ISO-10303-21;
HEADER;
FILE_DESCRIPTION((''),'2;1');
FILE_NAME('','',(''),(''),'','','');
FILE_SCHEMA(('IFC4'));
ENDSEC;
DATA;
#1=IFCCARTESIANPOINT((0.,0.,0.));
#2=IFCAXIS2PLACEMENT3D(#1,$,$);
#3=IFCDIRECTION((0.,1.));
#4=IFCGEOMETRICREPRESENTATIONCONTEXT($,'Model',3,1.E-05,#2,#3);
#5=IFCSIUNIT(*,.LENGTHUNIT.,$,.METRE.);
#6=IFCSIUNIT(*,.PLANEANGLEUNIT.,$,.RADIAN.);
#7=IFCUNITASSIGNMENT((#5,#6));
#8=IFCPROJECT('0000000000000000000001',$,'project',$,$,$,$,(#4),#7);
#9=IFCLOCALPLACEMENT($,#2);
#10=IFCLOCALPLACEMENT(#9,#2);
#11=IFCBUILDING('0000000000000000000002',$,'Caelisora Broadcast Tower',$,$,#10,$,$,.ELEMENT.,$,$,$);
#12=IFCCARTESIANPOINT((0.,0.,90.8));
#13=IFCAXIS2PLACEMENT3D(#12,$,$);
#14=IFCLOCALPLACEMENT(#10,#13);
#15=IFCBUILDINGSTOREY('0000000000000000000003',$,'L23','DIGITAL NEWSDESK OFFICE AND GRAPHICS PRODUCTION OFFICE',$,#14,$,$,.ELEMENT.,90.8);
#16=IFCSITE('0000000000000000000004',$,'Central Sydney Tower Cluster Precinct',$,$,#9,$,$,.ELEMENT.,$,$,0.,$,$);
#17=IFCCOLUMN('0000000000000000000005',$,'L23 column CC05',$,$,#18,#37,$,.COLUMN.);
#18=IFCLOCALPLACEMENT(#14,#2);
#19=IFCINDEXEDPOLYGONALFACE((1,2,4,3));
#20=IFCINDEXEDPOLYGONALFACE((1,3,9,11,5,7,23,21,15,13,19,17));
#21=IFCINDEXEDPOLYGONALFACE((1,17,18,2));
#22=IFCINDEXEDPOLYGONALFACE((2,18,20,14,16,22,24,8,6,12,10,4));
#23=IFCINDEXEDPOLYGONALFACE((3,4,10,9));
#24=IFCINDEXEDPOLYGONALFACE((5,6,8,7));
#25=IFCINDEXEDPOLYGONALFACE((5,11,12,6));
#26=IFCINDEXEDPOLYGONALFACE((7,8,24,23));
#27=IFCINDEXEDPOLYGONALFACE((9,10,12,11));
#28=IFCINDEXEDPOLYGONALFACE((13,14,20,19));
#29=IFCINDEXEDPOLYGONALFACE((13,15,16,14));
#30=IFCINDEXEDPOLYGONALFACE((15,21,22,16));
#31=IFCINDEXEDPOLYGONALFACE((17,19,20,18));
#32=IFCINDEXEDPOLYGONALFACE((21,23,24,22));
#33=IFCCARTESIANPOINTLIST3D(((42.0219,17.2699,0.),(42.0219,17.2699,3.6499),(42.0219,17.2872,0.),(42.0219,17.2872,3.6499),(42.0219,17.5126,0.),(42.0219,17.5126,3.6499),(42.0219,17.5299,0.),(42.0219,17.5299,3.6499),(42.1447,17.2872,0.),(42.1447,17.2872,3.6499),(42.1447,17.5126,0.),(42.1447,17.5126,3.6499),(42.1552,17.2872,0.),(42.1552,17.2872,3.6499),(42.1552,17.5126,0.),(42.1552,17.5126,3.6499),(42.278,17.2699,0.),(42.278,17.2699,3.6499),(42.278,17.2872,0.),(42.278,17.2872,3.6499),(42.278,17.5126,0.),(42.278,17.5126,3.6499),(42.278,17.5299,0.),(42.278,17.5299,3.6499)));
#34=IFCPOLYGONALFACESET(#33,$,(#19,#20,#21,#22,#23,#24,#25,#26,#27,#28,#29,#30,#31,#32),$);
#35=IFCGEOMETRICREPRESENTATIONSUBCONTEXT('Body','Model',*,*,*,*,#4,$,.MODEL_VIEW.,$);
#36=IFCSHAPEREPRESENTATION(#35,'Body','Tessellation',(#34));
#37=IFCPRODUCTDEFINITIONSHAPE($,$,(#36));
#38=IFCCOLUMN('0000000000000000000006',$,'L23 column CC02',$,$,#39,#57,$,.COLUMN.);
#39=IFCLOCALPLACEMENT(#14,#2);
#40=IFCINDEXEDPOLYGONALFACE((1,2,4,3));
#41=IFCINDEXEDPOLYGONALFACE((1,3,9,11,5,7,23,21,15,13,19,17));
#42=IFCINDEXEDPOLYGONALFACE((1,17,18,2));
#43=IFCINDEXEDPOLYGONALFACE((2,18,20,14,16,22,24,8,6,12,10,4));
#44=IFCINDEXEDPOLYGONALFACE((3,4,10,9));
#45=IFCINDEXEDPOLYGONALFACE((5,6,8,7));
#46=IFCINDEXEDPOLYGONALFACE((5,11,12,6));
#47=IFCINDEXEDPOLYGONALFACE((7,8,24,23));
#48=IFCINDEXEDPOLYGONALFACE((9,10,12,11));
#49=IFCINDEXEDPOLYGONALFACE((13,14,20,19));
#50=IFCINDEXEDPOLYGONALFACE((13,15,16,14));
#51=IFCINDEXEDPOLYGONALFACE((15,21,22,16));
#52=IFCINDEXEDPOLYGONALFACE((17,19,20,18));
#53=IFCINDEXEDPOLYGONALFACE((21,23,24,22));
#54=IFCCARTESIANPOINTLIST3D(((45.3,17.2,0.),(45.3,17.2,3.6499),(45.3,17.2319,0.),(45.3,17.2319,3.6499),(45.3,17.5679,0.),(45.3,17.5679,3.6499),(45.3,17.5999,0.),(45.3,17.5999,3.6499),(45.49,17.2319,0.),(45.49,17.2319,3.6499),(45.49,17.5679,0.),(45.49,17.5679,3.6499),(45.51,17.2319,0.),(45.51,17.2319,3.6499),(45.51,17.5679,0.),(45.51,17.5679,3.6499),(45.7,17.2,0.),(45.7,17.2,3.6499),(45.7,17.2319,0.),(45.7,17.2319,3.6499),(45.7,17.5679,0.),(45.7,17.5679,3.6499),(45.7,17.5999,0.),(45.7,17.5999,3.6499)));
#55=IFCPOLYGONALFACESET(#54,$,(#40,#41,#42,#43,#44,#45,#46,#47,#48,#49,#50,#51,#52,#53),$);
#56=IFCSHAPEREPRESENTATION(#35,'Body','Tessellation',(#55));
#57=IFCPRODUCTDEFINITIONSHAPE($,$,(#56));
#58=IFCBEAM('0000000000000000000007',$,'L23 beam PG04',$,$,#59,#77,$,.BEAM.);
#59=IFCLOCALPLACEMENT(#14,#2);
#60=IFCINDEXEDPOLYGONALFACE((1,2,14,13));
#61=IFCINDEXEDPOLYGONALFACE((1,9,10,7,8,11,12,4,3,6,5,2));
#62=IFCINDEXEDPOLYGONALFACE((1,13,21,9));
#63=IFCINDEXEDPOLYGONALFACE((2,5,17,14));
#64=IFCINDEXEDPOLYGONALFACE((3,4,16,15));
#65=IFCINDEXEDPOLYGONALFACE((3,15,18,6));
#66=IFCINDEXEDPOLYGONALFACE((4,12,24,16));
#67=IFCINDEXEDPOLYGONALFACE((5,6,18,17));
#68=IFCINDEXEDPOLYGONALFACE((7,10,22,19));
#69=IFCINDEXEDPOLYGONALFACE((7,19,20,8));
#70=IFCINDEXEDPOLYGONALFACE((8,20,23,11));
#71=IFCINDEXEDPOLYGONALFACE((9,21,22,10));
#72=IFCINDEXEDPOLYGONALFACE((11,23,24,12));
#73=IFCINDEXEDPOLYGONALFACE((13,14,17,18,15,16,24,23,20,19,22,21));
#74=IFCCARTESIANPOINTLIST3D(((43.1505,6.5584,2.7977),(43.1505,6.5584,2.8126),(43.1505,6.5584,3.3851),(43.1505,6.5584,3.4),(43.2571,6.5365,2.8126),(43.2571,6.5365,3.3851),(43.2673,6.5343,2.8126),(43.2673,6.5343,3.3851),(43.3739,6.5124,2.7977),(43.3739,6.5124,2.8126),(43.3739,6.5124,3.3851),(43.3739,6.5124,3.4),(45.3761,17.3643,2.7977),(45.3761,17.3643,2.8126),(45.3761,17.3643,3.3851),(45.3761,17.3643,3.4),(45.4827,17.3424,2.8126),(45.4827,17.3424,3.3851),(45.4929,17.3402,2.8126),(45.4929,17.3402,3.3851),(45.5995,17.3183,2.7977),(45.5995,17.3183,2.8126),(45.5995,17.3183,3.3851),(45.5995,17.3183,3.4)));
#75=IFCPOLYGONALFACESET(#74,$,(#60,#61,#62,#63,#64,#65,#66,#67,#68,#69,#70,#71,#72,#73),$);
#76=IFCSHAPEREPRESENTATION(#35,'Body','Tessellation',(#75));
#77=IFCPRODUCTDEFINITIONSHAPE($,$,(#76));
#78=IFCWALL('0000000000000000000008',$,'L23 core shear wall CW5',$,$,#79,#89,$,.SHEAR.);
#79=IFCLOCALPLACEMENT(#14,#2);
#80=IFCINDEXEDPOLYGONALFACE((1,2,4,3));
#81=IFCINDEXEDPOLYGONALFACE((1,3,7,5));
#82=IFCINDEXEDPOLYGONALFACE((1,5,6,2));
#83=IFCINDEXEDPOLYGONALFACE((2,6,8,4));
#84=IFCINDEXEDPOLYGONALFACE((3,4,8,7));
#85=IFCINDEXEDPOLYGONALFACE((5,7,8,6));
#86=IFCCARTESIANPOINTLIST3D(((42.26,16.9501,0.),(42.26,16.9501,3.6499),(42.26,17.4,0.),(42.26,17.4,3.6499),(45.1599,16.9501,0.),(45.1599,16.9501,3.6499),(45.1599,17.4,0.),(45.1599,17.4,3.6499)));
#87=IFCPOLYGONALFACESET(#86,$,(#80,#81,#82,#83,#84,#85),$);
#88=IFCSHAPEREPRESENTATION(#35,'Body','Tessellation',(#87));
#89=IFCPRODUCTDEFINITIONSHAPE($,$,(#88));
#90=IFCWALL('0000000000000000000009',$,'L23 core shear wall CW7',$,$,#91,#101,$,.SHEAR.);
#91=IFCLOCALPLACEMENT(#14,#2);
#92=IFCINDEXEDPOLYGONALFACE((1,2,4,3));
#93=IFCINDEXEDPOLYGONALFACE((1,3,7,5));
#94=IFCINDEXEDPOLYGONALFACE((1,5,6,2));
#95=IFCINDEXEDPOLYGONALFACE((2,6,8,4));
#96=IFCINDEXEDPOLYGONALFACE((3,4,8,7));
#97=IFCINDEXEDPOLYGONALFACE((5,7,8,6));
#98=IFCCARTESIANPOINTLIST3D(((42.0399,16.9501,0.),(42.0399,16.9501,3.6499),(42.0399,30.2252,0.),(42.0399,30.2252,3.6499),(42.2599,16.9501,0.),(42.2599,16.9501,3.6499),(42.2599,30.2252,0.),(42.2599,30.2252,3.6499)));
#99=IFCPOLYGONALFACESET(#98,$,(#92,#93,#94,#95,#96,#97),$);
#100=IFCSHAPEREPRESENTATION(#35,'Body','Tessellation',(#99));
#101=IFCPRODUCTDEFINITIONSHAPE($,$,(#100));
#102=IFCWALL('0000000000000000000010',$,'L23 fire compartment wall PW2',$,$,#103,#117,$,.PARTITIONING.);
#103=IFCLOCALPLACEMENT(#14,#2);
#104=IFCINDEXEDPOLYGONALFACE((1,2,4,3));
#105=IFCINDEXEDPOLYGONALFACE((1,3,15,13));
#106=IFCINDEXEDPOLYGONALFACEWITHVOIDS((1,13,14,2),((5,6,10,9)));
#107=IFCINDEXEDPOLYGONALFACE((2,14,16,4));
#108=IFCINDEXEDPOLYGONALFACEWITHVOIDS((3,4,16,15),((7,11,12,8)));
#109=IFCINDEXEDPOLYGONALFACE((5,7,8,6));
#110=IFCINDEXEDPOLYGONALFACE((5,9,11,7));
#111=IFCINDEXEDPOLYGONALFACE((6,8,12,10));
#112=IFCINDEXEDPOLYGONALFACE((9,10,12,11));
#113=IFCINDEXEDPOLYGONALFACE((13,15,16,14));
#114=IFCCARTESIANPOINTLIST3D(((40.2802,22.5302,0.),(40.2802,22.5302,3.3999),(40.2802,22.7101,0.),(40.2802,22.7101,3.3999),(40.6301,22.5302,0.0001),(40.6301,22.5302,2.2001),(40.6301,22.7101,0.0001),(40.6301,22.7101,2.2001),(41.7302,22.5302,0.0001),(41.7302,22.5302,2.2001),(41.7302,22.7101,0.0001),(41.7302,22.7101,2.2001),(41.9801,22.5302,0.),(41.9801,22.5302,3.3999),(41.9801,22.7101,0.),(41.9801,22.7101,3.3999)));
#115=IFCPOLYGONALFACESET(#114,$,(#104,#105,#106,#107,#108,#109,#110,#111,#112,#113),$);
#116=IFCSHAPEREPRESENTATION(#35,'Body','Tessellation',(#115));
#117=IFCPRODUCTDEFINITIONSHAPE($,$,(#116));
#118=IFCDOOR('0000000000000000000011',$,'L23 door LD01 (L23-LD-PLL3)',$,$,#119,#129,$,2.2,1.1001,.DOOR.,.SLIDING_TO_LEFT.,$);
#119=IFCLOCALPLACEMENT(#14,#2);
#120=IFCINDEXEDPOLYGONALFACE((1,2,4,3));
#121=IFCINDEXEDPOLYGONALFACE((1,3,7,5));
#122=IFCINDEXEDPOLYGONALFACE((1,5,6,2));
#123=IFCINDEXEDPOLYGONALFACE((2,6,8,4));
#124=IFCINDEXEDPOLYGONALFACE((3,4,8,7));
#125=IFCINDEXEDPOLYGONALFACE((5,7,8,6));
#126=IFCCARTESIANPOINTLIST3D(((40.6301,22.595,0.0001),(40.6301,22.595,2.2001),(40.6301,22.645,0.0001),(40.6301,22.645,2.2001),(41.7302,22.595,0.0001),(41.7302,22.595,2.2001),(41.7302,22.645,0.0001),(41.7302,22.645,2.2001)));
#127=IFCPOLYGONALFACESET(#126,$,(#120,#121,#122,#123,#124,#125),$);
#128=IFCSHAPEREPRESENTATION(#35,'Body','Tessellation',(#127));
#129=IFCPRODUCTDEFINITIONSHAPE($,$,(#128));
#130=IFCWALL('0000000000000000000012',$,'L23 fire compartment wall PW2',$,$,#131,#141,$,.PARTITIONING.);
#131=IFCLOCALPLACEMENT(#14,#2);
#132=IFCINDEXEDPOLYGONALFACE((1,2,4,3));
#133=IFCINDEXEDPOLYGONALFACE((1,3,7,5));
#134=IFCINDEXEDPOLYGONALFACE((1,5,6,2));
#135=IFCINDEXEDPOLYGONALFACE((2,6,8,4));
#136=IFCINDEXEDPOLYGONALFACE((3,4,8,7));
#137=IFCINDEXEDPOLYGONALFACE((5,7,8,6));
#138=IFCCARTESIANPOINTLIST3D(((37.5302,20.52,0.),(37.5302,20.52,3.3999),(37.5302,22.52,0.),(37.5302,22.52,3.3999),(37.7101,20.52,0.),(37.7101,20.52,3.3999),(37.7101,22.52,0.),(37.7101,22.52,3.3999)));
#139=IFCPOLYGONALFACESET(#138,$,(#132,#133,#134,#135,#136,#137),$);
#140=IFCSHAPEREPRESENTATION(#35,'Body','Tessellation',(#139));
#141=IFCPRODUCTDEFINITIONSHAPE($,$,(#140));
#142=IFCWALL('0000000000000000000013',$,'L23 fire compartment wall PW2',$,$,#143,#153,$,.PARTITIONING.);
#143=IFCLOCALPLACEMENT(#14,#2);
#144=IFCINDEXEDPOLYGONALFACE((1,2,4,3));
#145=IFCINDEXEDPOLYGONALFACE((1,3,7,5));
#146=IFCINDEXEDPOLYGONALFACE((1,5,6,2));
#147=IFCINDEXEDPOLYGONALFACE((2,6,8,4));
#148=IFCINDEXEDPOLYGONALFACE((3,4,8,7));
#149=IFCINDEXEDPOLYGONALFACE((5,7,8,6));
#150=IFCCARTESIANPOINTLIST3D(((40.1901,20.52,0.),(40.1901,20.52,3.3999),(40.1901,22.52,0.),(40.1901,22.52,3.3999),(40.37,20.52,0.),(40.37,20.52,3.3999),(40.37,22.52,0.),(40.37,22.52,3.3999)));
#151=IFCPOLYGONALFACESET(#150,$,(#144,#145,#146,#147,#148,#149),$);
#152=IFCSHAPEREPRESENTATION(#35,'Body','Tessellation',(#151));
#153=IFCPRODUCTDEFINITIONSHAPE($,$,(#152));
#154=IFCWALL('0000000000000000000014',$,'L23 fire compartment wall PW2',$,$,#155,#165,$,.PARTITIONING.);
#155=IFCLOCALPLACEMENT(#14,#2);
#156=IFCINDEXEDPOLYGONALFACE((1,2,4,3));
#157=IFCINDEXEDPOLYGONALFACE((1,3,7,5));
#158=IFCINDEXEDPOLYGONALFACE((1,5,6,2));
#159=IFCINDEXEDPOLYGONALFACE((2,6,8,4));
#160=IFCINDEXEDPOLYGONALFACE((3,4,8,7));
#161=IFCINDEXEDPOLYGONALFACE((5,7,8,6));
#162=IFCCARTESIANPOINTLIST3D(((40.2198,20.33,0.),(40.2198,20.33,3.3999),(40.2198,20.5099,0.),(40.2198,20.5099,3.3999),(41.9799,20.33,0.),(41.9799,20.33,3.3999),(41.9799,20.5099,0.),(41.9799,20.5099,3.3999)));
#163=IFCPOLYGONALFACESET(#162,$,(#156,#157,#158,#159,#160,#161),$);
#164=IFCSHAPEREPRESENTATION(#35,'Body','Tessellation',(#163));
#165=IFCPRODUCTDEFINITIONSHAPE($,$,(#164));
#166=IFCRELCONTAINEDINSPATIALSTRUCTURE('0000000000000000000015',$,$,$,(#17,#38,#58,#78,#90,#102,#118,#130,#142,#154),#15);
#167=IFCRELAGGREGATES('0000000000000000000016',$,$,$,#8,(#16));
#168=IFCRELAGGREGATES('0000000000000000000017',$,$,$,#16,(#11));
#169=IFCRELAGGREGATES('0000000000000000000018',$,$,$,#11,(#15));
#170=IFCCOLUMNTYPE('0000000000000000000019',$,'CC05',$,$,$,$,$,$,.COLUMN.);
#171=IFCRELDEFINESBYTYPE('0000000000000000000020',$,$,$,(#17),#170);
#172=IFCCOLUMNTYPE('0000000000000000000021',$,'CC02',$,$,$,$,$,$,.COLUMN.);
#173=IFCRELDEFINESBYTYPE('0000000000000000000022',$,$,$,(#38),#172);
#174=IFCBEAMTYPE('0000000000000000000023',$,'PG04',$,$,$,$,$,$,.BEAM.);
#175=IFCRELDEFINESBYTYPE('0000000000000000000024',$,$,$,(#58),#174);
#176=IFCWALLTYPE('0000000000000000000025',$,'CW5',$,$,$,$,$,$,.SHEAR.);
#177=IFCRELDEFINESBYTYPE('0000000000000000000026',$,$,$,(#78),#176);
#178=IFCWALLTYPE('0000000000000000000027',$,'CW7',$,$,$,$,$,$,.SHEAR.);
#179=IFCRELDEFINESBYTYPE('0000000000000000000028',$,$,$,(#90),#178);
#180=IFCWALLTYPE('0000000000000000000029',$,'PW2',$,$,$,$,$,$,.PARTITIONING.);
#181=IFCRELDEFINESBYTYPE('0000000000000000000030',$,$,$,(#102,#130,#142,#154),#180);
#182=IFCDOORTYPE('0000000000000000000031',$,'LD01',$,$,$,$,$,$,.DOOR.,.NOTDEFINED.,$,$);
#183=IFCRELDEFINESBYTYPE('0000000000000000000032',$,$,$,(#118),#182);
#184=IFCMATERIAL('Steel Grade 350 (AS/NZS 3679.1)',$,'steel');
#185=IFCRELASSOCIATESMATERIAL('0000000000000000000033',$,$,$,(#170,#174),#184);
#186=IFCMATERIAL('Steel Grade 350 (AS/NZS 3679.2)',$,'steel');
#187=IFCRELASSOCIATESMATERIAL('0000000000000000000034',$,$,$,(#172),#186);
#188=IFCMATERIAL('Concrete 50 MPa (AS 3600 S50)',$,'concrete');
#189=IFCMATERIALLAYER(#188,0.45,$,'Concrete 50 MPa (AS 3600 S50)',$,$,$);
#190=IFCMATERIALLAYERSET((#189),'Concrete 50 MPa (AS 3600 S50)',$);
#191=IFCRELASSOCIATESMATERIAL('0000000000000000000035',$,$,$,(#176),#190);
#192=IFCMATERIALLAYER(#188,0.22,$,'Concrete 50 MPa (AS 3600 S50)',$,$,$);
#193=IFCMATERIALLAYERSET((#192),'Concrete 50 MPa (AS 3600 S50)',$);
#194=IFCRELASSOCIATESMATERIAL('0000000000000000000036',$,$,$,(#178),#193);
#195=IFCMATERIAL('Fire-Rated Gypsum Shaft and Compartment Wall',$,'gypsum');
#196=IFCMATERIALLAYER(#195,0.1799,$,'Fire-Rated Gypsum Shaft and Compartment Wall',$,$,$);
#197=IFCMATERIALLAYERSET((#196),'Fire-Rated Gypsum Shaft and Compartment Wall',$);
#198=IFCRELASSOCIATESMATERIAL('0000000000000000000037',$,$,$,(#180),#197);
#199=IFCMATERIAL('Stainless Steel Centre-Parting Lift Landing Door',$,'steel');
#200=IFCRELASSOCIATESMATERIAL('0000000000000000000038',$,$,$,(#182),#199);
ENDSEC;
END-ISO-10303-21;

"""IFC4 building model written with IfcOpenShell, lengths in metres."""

from ifc_helpers import new_model, si_unit, direction, frame, frame_2d, origin, origin_2d, place, context, subcontext, project, spatial, rectangle, i_section, extrude, source, transform, mapped, material, layer, layer_set, material_profile, profile_set, type_object, type_shapes, element, fill, save


model = new_model("IFC4")

# Units and contexts
model_context = context("Model", 3, precision=1e-05, world=origin(), true_north=direction((0.0, 1.0)))
body_context = subcontext(model_context, "Body", "Model", "MODEL_VIEW")
ifc_project = project(units=[si_unit("LENGTHUNIT", "METRE"), si_unit("PLANEANGLEUNIT", "RADIAN")], contexts=[model_context])

# Site, building, storey
site_placement = place(None, origin())
site = spatial("IfcSite", under=ifc_project, at=site_placement, Name="Central Sydney Tower Cluster Precinct", CompositionType="ELEMENT", RefElevation=0.0)
building_placement = place(site_placement, origin())
building = spatial("IfcBuilding", under=site, at=building_placement, Name="Caelisora Broadcast Tower", CompositionType="ELEMENT")
storey_placement = place(building_placement, frame((0.0, 0.0, 90.8)))
storey = spatial("IfcBuildingStorey", under=building, at=storey_placement, Name="L23", Description="DIGITAL NEWSDESK OFFICE AND GRAPHICS PRODUCTION OFFICE", CompositionType="ELEMENT", Elevation=90.8)

# Columns
ifc_material_1 = material(Name="Steel Grade 350 (AS/NZS 3679.1)", Category="steel")
ifc_material_profile_1 = material_profile(ifc_material_1, i_section(OverallWidth=0.2561, OverallDepth=0.26, WebThickness=0.0105, FlangeThickness=0.0173, at=origin_2d()), Name="Steel Grade 350 (AS/NZS 3679.1)")
ifc_profile_set_1 = profile_set([ifc_material_profile_1], Name="Steel Grade 350 (AS/NZS 3679.1)")
column_type_1 = type_object("IfcColumnType", Name="CC05", PredefinedType="COLUMN", material=ifc_profile_set_1)
shared_shape_1 = source(origin(), body_context, "Body", "SweptSolid", [
    extrude(i_section(OverallWidth=0.2561, OverallDepth=0.26, WebThickness=0.0105, FlangeThickness=0.0173, at=origin_2d()), origin(), (0.0, 0.0, 1.0), 3.6499),
])
type_shapes(column_type_1, [shared_shape_1])
column_1_placement = place(storey_placement, frame((42.1499, 17.3999, 0.0), z_axis=(0.0, 0.0, 1.0), x_axis=(1.0, 0.0, 0.0)))
element("IfcColumn", 1, at=column_1_placement, inside=storey, type_object=column_type_1, Name="L23 column CC05", PredefinedType="COLUMN", context=body_context, shape_type="MappedRepresentation", body=[
    mapped(shared_shape_1, transform((0.0, 0.0, 0.0), scale=1.0)),
])
ifc_material_2 = material(Name="Steel Grade 350 (AS/NZS 3679.2)", Category="steel")
ifc_material_profile_2 = material_profile(ifc_material_2, i_section(OverallWidth=0.3999, OverallDepth=0.3999, WebThickness=0.02, FlangeThickness=0.032, at=origin_2d()), Name="Steel Grade 350 (AS/NZS 3679.2)")
ifc_profile_set_2 = profile_set([ifc_material_profile_2], Name="Steel Grade 350 (AS/NZS 3679.2)")
column_type_2 = type_object("IfcColumnType", Name="CC02", PredefinedType="COLUMN", material=ifc_profile_set_2)
shared_shape_2 = source(origin(), body_context, "Body", "SweptSolid", [
    extrude(i_section(OverallWidth=0.3999, OverallDepth=0.3999, WebThickness=0.02, FlangeThickness=0.032, at=origin_2d()), origin(), (0.0, 0.0, 1.0), 3.6499),
])
type_shapes(column_type_2, [shared_shape_2])
column_2_placement = place(storey_placement, frame((45.5, 17.3999, 0.0), z_axis=(0.0, 0.0, 1.0), x_axis=(1.0, 0.0, 0.0)))
element("IfcColumn", 2, at=column_2_placement, inside=storey, type_object=column_type_2, Name="L23 column CC02", PredefinedType="COLUMN", context=body_context, shape_type="MappedRepresentation", body=[
    mapped(shared_shape_2, transform((0.0, 0.0, 0.0), scale=1.0)),
])

# Beam
ifc_material_profile_3 = material_profile(ifc_material_1, i_section(OverallWidth=0.228, OverallDepth=0.6023, WebThickness=0.0105, FlangeThickness=0.0149, at=origin_2d()), Name="Steel Grade 350 (AS/NZS 3679.1)")
ifc_profile_set_3 = profile_set([ifc_material_profile_3], Name="Steel Grade 350 (AS/NZS 3679.1)")
beam_type = type_object("IfcBeamType", Name="PG04", PredefinedType="BEAM", material=ifc_profile_set_3)
shared_shape_3 = source(origin(), body_context, "Body", "SweptSolid", [
    extrude(i_section(OverallWidth=0.228, OverallDepth=0.6023, WebThickness=0.0105, FlangeThickness=0.0149, at=origin_2d()), origin(), (0.0, 0.0, 1.0), 11.0327),
])
type_shapes(beam_type, [shared_shape_3])
beam_placement = place(storey_placement, frame((45.4878, 17.3413, 3.0989), z_axis=(-0.201726, -0.979442, 0.0), x_axis=(0.979442, -0.201726, 0.0)))
element("IfcBeam", 3, at=beam_placement, inside=storey, type_object=beam_type, Name="L23 beam PG04", PredefinedType="BEAM", context=body_context, shape_type="MappedRepresentation", body=[
    mapped(shared_shape_3, transform((0.0, 0.0, 0.0), scale=1.0)),
])

# Shared definitions
ifc_material_3 = material(Name="Concrete 50 MPa (AS 3600 S50)", Category="concrete")

# Walls
ifc_layer_1 = layer(ifc_material_3, 0.45, Name="Concrete 50 MPa (AS 3600 S50)")
ifc_layer_set_1 = layer_set([ifc_layer_1], Name="Concrete 50 MPa (AS 3600 S50)")
wall_type_1 = type_object("IfcWallType", Name="CW5", PredefinedType="SHEAR", material=ifc_layer_set_1)
wall_1_placement = place(storey_placement, frame((42.26, 17.175, 0.0), z_axis=(0.0, 0.0, 1.0), x_axis=(1.0, 0.0, 0.0)))
element("IfcWall", 4, at=wall_1_placement, inside=storey, type_object=wall_type_1, Name="L23 core shear wall CW5", PredefinedType="SHEAR", context=body_context, shape_type="SweptSolid", body=[
    extrude(rectangle(XDim=2.8999, YDim=0.45, at=frame_2d((1.45, 0.0))), origin(), (0.0, 0.0, 1.0), 3.6499),
])
ifc_layer_2 = layer(ifc_material_3, 0.22, Name="Concrete 50 MPa (AS 3600 S50)")
ifc_layer_set_2 = layer_set([ifc_layer_2], Name="Concrete 50 MPa (AS 3600 S50)")
wall_type_2 = type_object("IfcWallType", Name="CW7", PredefinedType="SHEAR", material=ifc_layer_set_2)
wall_2_placement = place(storey_placement, frame((42.1499, 16.95, 0.0), z_axis=(0.0, 0.0, 1.0), x_axis=(0.0, 1.0, 0.0)))
element("IfcWall", 5, at=wall_2_placement, inside=storey, type_object=wall_type_2, Name="L23 core shear wall CW7", PredefinedType="SHEAR", context=body_context, shape_type="SweptSolid", body=[
    extrude(rectangle(XDim=13.2751, YDim=0.22, at=frame_2d((6.6377, 0.0))), origin(), (0.0, 0.0, 1.0), 3.6499),
])

# Wall, opening, door
ifc_material_4 = material(Name="Fire-Rated Gypsum Shaft and Compartment Wall", Category="gypsum")
ifc_layer_3 = layer(ifc_material_4, 0.1799, Name="Fire-Rated Gypsum Shaft and Compartment Wall")
ifc_layer_set_3 = layer_set([ifc_layer_3], Name="Fire-Rated Gypsum Shaft and Compartment Wall")
wall_type_3 = type_object("IfcWallType", Name="PW2", PredefinedType="PARTITIONING", material=ifc_layer_set_3)
wall_3_placement = place(storey_placement, frame((40.28, 22.6201, 0.0), z_axis=(0.0, 0.0, 1.0), x_axis=(1.0, 0.0, 0.0)))
wall_3 = element("IfcWall", 6, at=wall_3_placement, inside=storey, type_object=wall_type_3, Name="L23 fire compartment wall PW2", PredefinedType="PARTITIONING", context=body_context, shape_type="SweptSolid", body=[
    extrude(rectangle(XDim=1.7, YDim=0.1799, at=frame_2d((0.8501, 0.0))), origin(), (0.0, 0.0, 1.0), 3.3999),
])
opening_1_placement = place(wall_3_placement, frame((0.3501, 0.0, 0.0)))
opening_1 = element("IfcOpeningElement", 7, at=opening_1_placement, cuts=wall_3, PredefinedType="OPENING", context=body_context, shape_type="SweptSolid", body=[
    extrude(rectangle(XDim=1.1001, YDim=2.2, at=frame_2d((0.55, 1.1001))), frame((0.0, 0.1021, 0.0), z_axis=(0.0, -1.0, 0.0), x_axis=(1.0, 0.0, 0.0)), (0.0, 0.0, 1.0), 0.2039),
])
ifc_material_5 = material(Name="Stainless Steel Centre-Parting Lift Landing Door", Category="steel")
door_type_1 = type_object("IfcDoorType", Name="LD01", OperationType="NOTDEFINED", PredefinedType="DOOR", material=ifc_material_5)
door_1_placement = place(opening_1_placement, origin())
door_1 = element("IfcDoor", 8, at=door_1_placement, inside=storey, type_object=door_type_1, Name="L23 door LD01 (L23-LD-PLL3)", OperationType="SLIDING_TO_LEFT", OverallHeight=2.2, OverallWidth=1.1001, PredefinedType="DOOR", context=body_context, shape_type="SweptSolid", body=[
    extrude(rectangle(XDim=1.1001, YDim=2.2, at=frame_2d((0.55, 1.1001))), frame((0.0, 0.0249, 0.0), z_axis=(0.0, -1.0, 0.0), x_axis=(1.0, 0.0, 0.0)), (0.0, 0.0, 1.0), 0.05),
])
fill(opening_1, door_1)

# Walls
for number, where, z_axis, x_axis, name in (
    (9, (37.6201, 20.52, 0.0), (0.0, 0.0, 1.0), (0.0, 1.0, 0.0), "L23 fire compartment wall PW2"),
    (10, (40.28, 20.52, 0.0), (0.0, 0.0, 1.0), (0.0, 1.0, 0.0), "L23 fire compartment wall PW2"),
):
    element("IfcWall", number, at=place(storey_placement, frame(where, z_axis=z_axis, x_axis=x_axis)), inside=storey, type_object=wall_type_3, Name=name, PredefinedType="PARTITIONING", context=body_context, shape_type="SweptSolid", body=[
        extrude(rectangle(XDim=2.0, YDim=0.1799, at=frame_2d((1.0, 0.0))), origin(), (0.0, 0.0, 1.0), 3.3999),
    ])
wall_4_placement = place(storey_placement, frame((40.22, 20.4199, 0.0), z_axis=(0.0, 0.0, 1.0), x_axis=(1.0, 0.0, 0.0)))
element("IfcWall", 11, at=wall_4_placement, inside=storey, type_object=wall_type_3, Name="L23 fire compartment wall PW2", PredefinedType="PARTITIONING", context=body_context, shape_type="SweptSolid", body=[
    extrude(rectangle(XDim=1.76, YDim=0.1799, at=frame_2d((0.8799, 0.0))), origin(), (0.0, 0.0, 1.0), 3.3999),
])

save(model, "model.ifc")
